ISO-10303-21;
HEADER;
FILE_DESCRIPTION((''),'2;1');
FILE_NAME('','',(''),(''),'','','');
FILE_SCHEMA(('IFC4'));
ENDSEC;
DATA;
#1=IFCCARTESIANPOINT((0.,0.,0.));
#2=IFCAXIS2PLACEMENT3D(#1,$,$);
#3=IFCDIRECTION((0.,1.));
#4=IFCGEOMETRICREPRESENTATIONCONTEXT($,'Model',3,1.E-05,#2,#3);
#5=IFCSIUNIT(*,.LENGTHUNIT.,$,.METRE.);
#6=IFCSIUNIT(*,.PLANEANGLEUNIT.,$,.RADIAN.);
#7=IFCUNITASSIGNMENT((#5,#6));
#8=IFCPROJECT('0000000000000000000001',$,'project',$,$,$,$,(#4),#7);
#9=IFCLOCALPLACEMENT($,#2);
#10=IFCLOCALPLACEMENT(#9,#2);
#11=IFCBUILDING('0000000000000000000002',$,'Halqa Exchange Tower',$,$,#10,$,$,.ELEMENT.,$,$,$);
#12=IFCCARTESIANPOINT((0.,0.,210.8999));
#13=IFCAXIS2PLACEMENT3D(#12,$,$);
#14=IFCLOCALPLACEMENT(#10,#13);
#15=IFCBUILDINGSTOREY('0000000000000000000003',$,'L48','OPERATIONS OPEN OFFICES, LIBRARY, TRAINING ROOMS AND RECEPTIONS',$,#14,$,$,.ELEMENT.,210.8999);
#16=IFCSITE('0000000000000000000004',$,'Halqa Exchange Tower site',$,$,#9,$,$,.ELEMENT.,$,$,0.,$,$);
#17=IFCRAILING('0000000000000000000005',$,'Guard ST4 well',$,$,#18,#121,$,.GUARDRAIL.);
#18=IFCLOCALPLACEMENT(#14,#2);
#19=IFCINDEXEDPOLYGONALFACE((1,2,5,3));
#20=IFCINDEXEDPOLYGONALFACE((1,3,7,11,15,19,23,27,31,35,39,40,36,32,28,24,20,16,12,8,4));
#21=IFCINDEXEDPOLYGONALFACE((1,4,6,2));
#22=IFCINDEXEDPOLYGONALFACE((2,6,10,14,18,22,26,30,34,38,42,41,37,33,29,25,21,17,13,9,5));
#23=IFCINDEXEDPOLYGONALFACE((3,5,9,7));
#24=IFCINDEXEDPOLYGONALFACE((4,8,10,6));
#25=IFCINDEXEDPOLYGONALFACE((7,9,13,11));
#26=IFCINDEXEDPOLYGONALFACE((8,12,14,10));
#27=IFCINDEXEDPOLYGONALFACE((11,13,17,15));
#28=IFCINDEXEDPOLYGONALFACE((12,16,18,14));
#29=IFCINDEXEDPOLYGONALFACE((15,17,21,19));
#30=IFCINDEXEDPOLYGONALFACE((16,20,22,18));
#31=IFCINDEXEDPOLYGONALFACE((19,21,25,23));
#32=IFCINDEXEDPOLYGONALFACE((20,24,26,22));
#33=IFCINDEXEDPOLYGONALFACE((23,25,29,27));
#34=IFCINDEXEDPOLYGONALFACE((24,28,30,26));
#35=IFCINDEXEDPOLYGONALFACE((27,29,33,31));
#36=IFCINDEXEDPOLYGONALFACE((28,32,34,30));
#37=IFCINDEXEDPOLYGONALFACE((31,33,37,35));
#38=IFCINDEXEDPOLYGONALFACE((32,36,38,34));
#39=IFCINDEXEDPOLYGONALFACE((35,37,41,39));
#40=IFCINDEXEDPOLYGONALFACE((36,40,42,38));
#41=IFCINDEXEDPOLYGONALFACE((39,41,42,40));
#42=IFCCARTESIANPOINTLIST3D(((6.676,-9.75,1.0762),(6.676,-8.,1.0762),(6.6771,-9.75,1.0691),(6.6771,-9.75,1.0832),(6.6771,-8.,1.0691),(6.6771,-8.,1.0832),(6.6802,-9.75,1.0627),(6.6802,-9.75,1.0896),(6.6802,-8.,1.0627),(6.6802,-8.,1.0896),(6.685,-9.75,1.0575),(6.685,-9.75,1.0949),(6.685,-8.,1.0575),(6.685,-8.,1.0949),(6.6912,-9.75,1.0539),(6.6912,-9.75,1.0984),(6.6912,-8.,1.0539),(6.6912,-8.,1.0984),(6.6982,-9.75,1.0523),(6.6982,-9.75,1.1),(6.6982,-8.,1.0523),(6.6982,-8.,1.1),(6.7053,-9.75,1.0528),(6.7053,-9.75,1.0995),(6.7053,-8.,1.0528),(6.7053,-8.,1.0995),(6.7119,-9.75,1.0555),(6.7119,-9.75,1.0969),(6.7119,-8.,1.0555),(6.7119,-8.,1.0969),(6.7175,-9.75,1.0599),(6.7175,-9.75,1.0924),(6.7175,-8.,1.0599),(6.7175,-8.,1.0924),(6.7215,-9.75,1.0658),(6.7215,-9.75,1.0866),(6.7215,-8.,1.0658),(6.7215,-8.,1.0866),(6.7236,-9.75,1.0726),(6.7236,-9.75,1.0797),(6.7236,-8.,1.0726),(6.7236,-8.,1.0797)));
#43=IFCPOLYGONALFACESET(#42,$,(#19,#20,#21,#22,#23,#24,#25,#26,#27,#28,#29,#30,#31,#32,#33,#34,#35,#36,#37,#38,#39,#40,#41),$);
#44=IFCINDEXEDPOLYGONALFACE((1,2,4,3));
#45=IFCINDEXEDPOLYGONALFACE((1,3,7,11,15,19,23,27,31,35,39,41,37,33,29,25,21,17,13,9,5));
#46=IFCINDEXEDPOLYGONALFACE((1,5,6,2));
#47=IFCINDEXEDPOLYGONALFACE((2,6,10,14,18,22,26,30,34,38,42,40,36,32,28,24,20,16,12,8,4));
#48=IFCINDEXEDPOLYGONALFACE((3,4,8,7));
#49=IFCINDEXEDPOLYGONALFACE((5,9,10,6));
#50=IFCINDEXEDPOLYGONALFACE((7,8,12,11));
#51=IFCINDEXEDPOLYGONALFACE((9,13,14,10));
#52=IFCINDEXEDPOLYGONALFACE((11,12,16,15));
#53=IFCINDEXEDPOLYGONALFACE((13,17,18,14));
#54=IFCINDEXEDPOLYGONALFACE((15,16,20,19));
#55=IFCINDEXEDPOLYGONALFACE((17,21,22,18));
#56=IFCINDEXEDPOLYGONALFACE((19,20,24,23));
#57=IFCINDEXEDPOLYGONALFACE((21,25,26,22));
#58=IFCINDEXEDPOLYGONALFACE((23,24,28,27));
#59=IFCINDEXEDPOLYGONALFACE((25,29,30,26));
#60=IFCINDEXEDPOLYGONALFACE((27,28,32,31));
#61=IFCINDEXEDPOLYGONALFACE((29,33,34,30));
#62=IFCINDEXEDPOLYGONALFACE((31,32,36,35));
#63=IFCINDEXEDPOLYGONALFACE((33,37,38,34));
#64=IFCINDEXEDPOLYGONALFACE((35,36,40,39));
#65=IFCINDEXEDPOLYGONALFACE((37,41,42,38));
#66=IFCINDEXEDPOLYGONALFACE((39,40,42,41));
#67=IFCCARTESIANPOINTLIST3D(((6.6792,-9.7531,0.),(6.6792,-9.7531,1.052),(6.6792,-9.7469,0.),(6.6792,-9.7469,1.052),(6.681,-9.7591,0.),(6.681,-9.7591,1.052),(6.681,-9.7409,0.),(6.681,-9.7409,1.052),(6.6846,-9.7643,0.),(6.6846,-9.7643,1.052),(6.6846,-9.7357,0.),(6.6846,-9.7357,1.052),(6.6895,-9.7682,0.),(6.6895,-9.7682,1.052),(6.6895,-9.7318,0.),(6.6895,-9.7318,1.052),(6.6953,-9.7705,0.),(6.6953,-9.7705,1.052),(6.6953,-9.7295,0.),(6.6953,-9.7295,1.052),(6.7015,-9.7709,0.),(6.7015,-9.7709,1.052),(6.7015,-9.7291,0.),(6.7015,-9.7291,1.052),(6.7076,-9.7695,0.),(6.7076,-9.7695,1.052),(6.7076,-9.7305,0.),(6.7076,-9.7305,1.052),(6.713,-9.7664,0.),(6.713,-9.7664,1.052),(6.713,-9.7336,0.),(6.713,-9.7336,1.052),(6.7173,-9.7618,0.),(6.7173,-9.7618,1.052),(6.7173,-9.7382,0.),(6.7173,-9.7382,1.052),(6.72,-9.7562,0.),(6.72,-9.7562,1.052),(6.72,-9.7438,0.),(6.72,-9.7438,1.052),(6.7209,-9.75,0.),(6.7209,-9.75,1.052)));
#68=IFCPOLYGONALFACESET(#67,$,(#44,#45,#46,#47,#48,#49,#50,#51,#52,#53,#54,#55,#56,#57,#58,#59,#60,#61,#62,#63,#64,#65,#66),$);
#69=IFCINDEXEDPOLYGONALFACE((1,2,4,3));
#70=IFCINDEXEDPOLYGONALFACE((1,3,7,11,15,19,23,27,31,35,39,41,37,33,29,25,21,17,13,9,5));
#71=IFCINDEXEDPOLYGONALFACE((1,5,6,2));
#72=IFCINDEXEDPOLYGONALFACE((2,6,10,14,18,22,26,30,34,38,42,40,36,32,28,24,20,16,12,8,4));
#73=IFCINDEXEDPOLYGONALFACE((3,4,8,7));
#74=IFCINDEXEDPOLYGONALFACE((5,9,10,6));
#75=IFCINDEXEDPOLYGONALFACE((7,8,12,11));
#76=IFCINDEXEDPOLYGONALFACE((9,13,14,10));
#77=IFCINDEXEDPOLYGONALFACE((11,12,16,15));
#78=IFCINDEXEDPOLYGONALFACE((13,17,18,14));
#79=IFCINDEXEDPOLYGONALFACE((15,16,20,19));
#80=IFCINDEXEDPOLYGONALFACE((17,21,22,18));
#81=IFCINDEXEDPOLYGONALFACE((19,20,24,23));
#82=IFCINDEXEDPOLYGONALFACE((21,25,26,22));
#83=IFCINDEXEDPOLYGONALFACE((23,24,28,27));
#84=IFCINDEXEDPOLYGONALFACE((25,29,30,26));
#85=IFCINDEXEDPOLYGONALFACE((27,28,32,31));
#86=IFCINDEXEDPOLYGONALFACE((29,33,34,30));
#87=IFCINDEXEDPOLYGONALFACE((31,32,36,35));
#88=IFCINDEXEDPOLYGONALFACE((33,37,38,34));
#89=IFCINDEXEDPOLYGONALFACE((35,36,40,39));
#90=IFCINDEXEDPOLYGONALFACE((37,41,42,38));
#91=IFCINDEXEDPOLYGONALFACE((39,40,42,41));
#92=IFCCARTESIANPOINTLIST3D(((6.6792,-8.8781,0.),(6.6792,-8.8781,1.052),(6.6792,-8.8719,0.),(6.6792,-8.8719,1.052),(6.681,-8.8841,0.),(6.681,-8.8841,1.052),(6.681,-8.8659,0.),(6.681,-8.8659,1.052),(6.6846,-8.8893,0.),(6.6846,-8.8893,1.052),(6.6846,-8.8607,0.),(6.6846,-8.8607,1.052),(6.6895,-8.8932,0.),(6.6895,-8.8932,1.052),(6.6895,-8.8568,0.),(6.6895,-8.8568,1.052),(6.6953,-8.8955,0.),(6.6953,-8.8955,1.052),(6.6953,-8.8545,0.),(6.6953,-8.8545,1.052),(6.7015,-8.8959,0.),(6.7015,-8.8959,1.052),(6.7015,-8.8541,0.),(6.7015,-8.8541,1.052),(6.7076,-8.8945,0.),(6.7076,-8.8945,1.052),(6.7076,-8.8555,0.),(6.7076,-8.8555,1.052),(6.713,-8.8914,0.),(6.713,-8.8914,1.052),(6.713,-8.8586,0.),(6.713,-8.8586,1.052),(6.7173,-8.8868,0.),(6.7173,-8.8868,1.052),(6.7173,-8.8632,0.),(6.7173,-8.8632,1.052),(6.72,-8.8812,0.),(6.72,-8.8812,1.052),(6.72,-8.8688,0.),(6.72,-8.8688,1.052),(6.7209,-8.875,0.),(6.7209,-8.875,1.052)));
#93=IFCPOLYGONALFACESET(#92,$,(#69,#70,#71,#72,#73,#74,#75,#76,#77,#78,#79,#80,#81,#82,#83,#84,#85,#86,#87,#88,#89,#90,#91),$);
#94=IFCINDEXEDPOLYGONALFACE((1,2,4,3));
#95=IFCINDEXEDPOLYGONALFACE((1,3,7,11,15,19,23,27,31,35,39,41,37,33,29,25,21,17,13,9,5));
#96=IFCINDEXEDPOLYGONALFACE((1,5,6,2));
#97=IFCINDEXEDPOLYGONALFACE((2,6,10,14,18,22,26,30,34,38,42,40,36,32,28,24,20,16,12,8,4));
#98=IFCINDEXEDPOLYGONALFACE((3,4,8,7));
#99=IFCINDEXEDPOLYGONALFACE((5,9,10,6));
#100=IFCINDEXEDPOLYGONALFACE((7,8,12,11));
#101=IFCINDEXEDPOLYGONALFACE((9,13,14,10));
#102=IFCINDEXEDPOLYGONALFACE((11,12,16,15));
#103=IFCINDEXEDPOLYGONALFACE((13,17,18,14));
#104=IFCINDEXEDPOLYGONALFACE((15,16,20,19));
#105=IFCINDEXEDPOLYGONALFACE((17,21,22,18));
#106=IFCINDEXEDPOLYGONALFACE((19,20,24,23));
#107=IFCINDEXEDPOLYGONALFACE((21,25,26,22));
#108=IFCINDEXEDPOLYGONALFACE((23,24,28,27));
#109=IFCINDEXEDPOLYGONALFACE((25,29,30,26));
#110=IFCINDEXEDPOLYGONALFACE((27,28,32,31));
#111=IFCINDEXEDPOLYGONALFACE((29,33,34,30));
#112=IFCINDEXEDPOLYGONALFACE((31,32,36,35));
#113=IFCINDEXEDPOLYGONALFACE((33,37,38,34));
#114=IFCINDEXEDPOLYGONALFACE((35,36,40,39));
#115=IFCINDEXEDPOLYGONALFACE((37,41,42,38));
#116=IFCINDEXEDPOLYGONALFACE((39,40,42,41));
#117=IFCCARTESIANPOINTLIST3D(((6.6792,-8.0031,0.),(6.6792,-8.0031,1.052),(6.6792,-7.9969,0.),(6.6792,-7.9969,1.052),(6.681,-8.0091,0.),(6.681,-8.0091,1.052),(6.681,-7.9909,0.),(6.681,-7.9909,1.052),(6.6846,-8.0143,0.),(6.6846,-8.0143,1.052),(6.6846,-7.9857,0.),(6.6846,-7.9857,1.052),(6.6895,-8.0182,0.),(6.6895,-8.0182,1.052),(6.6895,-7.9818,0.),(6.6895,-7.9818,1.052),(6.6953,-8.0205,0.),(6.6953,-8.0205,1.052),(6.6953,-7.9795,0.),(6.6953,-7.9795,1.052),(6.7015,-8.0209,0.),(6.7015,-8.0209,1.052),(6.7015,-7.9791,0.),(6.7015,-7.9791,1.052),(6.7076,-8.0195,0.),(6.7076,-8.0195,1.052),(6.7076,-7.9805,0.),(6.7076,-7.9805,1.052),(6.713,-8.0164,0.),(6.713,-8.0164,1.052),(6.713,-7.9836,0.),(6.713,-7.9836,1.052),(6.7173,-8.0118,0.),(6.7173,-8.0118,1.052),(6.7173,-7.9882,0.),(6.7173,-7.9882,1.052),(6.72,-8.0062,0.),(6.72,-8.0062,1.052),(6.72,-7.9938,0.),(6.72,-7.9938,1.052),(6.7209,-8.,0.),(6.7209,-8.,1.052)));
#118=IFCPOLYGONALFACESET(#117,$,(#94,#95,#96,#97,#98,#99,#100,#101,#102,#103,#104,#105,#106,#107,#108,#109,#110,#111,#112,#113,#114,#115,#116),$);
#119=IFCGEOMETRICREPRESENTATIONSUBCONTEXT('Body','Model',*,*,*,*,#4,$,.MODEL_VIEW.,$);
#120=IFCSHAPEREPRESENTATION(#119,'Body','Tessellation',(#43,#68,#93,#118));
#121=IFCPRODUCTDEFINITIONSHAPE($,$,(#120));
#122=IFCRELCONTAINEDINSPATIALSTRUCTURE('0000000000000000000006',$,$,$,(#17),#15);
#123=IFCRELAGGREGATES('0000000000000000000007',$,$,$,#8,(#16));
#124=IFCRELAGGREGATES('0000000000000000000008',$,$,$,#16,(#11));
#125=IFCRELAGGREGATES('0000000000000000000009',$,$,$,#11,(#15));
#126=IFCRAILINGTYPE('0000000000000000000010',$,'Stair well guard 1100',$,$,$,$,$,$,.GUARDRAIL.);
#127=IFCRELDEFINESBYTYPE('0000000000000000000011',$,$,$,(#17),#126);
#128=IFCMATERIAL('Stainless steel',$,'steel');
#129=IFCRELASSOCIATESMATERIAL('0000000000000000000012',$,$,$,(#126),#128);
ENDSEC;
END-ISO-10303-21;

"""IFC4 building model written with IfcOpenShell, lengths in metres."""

from ifc_helpers import new_model, si_unit, direction, frame, origin, origin_2d, place, context, subcontext, project, spatial, circle, extrude, material, type_object, element, save


model = new_model("IFC4")

# Units and contexts
model_context = context("Model", 3, precision=1e-05, world=origin(), true_north=direction((0.0, 1.0)))
body_context = subcontext(model_context, "Body", "Model", "MODEL_VIEW")
ifc_project = project(units=[si_unit("LENGTHUNIT", "METRE"), si_unit("PLANEANGLEUNIT", "RADIAN")], contexts=[model_context])

# Site, building, storey
site_placement = place(None, origin())
site = spatial("IfcSite", under=ifc_project, at=site_placement, Name="Halqa Exchange Tower site", CompositionType="ELEMENT", RefElevation=0.0)
building_placement = place(site_placement, origin())
building = spatial("IfcBuilding", under=site, at=building_placement, Name="Halqa Exchange Tower", CompositionType="ELEMENT")
storey_placement = place(building_placement, frame((0.0, 0.0, 210.8999)))
storey = spatial("IfcBuildingStorey", under=building, at=storey_placement, Name="L48", Description="OPERATIONS OPEN OFFICES, LIBRARY, TRAINING ROOMS AND RECEPTIONS", CompositionType="ELEMENT", Elevation=210.8999)

# Railing
ifc_material_1 = material(Name="Stainless steel", Category="steel")
railing_type_1 = type_object("IfcRailingType", Name="Stair well guard 1100", PredefinedType="GUARDRAIL", material=ifc_material_1)
railing_1_placement = place(storey_placement, frame((6.7, -9.75, 0.0)))
element("IfcRailing", 1, at=railing_1_placement, inside=storey, type_object=railing_type_1, Name="Guard ST4 well", PredefinedType="GUARDRAIL", context=body_context, shape_type="SweptSolid", body=[
    extrude(circle(Radius=0.0239, at=origin_2d()), frame((0.0, 0.0, 1.0762), z_axis=(0.0, 1.0, 0.0), x_axis=(-1.0, 0.0, 0.0)), (0.0, 0.0, 1.0), 1.75),
    extrude(circle(Radius=0.021, at=origin_2d()), origin(), (0.0, 0.0, 1.0), 1.052),
    extrude(circle(Radius=0.021, at=origin_2d()), frame((0.0, 0.875, 0.0)), (0.0, 0.0, 1.0), 1.052),
    extrude(circle(Radius=0.021, at=origin_2d()), frame((0.0, 1.75, 0.0)), (0.0, 0.0, 1.0), 1.052),
])

save(model, "model.ifc")
